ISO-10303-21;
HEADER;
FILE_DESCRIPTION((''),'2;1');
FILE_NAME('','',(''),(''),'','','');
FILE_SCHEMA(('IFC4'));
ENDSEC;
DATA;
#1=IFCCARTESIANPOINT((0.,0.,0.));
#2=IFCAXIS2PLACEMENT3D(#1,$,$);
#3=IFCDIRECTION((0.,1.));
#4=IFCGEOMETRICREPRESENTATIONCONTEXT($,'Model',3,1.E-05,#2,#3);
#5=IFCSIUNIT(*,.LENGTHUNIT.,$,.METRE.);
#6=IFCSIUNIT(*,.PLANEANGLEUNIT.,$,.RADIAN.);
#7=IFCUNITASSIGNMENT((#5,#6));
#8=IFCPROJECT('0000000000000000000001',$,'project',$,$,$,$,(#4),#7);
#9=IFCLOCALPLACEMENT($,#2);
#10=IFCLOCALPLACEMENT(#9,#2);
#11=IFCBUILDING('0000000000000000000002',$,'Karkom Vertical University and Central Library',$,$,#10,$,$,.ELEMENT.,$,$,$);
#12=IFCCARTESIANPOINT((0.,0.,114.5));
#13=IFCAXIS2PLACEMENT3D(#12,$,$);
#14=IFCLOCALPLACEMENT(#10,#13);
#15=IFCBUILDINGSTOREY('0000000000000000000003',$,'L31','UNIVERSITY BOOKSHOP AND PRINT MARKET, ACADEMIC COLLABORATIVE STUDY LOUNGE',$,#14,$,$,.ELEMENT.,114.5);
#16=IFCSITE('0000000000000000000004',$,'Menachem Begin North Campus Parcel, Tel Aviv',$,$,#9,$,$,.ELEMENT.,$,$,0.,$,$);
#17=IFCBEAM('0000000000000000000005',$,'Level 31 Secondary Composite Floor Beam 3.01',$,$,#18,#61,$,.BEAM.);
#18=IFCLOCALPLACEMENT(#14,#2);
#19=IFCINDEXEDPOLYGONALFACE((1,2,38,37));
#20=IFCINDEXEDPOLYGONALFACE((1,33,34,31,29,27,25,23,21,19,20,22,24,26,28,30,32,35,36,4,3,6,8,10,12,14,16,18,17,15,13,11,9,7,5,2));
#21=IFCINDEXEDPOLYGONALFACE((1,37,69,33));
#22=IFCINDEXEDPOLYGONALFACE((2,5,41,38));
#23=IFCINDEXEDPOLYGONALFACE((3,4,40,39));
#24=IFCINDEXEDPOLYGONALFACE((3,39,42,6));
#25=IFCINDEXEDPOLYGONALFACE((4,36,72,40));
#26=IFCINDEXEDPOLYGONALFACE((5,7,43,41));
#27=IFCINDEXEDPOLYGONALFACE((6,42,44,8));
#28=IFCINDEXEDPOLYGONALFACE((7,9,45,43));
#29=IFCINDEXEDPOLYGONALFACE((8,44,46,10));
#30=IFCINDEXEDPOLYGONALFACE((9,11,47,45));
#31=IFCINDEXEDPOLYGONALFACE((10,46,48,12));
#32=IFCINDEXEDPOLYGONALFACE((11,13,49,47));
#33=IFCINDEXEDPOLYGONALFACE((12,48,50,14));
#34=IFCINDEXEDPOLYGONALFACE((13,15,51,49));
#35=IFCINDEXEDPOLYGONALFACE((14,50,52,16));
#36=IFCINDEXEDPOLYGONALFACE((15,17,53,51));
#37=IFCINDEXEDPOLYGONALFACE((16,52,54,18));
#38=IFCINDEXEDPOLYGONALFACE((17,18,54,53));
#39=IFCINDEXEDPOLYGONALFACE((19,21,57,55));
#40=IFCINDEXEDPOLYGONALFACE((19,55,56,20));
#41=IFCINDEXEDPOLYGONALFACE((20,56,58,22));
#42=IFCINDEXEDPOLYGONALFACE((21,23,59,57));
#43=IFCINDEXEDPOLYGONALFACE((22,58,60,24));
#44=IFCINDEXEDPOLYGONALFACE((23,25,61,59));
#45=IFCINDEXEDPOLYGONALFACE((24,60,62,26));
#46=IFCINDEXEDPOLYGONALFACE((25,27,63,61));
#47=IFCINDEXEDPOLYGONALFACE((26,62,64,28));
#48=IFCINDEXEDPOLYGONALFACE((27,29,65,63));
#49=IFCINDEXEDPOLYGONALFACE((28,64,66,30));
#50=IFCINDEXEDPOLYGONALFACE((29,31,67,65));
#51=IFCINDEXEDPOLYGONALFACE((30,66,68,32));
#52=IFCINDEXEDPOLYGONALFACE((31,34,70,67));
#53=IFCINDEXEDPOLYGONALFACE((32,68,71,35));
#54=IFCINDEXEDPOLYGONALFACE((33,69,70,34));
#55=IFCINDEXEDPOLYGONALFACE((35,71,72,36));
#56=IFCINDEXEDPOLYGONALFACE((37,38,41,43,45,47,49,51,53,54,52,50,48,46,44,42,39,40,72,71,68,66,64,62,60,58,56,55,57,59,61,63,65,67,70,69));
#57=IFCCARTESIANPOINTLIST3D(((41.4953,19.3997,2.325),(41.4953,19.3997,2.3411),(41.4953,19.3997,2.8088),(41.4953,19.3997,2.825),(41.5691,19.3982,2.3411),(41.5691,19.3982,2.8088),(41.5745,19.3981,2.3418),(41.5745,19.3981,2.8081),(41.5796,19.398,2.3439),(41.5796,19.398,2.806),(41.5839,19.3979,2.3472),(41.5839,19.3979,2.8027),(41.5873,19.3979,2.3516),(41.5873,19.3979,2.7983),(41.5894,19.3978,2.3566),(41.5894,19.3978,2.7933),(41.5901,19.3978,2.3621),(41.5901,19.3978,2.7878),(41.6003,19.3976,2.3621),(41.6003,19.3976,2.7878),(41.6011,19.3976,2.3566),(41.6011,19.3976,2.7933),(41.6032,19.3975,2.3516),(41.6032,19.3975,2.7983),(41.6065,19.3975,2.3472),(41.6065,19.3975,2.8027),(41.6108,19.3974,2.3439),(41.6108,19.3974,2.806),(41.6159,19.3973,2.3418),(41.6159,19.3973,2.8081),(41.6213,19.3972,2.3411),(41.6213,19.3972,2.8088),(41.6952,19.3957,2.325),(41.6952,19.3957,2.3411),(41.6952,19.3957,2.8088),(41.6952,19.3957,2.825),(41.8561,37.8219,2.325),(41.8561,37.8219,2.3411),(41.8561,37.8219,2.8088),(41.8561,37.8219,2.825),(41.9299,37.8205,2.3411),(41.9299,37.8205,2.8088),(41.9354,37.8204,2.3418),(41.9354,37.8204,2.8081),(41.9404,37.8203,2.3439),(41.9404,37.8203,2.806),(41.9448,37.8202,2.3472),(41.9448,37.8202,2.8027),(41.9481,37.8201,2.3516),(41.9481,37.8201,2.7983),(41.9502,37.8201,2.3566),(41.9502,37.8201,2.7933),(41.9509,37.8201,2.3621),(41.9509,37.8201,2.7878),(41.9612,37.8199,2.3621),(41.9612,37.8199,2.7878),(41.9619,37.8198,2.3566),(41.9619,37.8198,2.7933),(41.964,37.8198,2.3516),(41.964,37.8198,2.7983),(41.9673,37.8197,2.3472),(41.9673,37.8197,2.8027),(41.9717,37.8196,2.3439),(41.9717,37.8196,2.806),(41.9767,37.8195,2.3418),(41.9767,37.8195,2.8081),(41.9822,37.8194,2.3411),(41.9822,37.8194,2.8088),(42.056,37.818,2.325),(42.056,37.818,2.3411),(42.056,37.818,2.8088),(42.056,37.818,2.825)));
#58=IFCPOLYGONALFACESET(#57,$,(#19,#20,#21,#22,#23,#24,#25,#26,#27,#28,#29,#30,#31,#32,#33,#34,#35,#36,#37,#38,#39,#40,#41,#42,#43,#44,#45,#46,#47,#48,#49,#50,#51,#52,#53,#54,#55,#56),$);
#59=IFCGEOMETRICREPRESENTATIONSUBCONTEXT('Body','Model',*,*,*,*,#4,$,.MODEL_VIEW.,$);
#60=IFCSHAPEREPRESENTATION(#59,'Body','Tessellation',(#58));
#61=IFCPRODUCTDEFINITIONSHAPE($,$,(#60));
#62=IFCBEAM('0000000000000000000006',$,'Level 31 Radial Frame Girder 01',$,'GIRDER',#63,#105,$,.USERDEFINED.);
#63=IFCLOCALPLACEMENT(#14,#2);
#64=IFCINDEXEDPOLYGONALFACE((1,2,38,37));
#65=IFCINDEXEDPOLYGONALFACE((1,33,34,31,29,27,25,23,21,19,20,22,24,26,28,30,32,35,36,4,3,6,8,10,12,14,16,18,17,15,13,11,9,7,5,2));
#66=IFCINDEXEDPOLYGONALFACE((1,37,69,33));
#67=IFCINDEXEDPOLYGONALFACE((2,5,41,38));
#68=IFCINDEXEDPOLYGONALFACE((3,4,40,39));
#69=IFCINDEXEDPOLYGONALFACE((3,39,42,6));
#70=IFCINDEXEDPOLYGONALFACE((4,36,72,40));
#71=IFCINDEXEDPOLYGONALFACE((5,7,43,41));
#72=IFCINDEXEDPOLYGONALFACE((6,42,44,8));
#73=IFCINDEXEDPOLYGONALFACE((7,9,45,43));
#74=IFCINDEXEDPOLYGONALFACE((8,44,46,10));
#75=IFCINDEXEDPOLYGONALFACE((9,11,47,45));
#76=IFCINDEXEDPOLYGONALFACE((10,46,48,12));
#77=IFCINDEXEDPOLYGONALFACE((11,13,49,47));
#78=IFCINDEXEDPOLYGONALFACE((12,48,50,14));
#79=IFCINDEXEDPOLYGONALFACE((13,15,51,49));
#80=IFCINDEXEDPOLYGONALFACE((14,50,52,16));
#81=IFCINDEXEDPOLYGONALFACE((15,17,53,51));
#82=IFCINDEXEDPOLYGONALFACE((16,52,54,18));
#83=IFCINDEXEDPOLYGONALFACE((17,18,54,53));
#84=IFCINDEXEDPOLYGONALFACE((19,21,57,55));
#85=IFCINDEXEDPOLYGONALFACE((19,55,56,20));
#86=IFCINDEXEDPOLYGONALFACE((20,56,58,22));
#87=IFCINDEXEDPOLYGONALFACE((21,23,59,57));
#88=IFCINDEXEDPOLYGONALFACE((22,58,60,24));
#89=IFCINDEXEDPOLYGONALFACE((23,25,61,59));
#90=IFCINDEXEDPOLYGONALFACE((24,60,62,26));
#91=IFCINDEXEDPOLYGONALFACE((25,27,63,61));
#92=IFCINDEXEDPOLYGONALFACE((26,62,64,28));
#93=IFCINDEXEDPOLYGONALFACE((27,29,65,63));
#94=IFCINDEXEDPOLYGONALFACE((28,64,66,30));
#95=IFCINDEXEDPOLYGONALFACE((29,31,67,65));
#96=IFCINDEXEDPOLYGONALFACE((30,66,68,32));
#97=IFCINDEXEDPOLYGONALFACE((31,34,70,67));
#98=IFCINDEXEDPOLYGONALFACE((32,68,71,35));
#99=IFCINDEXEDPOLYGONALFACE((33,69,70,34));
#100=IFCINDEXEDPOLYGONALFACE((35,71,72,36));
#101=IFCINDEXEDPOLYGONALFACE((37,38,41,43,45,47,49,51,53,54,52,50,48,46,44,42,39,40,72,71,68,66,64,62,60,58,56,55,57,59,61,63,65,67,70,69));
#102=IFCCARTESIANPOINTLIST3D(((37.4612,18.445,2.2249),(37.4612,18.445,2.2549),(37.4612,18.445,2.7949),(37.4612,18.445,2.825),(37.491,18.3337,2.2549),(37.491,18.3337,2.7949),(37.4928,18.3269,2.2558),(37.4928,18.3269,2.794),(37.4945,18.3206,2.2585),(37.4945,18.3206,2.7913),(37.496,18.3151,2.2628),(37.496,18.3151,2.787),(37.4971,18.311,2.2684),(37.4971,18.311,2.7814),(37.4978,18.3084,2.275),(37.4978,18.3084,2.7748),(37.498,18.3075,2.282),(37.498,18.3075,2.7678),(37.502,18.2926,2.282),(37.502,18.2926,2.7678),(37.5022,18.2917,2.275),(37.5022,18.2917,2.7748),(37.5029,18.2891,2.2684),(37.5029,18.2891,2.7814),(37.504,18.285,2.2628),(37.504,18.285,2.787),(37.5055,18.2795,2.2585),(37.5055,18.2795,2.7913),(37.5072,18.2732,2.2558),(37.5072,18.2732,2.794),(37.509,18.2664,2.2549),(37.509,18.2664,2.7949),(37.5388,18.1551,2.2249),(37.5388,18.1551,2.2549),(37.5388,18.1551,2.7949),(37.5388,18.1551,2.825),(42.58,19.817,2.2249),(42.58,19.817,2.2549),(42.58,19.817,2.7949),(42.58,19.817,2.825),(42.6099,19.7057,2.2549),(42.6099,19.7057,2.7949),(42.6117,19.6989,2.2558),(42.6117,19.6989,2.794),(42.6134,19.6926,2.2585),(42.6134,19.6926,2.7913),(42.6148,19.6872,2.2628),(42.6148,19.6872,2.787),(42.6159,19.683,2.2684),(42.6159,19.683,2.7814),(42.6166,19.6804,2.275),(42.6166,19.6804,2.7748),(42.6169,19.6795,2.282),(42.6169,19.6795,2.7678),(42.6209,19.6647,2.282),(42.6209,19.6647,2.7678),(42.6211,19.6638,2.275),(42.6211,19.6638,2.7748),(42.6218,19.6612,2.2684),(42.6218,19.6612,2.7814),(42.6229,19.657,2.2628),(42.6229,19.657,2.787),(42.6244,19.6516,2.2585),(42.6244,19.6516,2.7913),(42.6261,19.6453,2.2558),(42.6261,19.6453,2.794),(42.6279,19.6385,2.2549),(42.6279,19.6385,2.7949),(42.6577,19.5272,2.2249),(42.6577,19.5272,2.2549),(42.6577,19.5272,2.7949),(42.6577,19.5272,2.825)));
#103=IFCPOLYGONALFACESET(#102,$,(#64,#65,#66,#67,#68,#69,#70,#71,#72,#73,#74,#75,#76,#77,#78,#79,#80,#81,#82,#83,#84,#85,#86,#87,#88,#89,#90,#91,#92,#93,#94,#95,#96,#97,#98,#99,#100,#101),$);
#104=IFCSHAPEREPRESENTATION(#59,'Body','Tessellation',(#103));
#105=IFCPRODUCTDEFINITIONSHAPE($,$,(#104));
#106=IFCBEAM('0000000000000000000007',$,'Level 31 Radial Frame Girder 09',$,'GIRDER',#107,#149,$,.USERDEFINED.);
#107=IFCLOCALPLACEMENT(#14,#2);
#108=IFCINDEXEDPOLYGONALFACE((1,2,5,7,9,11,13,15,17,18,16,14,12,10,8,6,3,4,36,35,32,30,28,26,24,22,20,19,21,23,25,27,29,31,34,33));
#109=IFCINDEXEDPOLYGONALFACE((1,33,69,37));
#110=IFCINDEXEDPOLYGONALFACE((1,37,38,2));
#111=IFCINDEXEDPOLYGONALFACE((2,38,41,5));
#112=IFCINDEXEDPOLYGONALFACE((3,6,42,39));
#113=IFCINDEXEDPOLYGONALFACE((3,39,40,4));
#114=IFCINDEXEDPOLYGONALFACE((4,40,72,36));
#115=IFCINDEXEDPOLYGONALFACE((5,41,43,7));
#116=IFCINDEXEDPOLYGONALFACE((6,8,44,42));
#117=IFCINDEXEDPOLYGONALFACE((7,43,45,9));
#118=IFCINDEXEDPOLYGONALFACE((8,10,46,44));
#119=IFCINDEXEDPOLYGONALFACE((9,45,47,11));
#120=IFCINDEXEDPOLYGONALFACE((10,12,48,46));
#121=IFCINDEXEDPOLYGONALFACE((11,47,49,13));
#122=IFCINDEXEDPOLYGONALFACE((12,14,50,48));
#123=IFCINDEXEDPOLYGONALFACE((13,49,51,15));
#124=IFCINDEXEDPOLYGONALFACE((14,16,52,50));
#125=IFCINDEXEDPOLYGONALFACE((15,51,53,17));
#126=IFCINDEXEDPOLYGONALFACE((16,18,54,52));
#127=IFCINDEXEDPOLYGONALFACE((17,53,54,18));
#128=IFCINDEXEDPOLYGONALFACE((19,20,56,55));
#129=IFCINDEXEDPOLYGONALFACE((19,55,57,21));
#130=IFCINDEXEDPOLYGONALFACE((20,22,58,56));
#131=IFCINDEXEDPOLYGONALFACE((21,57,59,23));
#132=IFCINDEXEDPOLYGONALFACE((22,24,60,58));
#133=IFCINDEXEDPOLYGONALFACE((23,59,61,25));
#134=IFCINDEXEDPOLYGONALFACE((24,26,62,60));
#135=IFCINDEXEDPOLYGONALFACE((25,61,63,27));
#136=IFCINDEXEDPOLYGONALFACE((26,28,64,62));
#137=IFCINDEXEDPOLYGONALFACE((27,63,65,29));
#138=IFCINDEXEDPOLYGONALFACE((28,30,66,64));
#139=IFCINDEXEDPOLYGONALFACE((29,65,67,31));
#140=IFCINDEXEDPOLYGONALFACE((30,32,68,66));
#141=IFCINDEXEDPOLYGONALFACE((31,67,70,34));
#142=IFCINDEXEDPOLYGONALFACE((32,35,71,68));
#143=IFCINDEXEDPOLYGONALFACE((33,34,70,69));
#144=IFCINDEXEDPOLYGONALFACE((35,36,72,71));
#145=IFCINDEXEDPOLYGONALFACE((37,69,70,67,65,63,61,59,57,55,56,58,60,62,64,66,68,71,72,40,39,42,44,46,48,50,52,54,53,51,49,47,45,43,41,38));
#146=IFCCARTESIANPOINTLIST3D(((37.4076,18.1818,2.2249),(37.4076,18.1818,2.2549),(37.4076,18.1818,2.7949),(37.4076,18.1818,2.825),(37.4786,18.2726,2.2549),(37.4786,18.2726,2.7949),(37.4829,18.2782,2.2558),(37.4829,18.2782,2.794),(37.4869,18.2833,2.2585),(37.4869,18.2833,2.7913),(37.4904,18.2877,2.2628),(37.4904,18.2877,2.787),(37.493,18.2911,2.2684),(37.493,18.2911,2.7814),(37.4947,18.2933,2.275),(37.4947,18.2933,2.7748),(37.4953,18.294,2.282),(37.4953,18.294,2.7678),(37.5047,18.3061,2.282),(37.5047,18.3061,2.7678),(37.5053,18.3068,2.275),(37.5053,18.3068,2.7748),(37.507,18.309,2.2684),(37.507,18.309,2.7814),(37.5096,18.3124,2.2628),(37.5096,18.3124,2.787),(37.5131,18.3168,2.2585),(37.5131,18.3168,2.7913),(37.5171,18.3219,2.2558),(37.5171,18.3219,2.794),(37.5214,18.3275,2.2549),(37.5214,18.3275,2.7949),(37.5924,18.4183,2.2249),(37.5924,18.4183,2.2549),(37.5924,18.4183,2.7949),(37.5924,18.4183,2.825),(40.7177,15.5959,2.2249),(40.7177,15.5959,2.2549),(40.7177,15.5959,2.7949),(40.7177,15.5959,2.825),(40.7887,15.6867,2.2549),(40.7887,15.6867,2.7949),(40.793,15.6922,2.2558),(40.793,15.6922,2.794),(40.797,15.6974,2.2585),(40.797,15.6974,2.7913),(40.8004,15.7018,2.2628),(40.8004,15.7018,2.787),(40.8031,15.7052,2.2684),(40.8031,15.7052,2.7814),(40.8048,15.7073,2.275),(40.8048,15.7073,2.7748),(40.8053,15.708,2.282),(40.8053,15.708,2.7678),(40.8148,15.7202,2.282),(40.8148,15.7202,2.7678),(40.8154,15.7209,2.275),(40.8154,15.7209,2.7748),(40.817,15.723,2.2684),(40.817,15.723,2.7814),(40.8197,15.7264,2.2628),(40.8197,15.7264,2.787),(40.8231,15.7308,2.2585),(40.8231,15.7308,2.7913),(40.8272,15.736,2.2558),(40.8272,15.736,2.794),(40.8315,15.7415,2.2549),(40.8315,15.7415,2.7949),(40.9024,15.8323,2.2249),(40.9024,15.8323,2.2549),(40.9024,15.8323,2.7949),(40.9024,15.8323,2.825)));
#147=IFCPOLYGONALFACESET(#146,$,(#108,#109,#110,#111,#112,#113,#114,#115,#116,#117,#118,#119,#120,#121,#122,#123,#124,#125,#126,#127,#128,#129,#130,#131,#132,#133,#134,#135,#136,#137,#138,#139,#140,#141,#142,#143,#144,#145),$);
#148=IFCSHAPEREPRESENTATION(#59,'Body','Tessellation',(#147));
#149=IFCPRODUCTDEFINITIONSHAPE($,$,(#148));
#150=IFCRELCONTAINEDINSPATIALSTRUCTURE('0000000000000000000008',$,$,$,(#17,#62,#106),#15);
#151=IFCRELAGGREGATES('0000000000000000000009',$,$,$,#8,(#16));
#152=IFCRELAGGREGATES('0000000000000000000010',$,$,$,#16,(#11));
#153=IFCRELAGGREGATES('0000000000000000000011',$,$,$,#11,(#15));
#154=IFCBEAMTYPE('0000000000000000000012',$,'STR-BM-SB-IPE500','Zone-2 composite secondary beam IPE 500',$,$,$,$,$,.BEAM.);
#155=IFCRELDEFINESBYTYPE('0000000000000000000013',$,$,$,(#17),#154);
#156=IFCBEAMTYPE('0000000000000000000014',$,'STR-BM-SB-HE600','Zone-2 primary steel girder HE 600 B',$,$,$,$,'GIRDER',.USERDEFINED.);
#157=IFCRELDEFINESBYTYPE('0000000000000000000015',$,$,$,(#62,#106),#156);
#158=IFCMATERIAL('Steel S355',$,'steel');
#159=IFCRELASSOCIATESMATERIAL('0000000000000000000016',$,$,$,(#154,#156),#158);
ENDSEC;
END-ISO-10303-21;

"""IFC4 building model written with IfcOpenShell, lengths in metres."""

from ifc_helpers import new_model, si_unit, direction, frame, origin, origin_with_axes, origin_2d, place, context, subcontext, project, spatial, i_section, extrude, source, transform, mapped, material, material_profile, profile_set, type_object, element, save


model = new_model("IFC4")

# Units and contexts
model_context = context("Model", 3, precision=1e-05, world=origin(), true_north=direction((0.0, 1.0)))
body_context = subcontext(model_context, "Body", "Model", "MODEL_VIEW")
ifc_project = project(units=[si_unit("LENGTHUNIT", "METRE"), si_unit("PLANEANGLEUNIT", "RADIAN")], contexts=[model_context])

# Site, building, storey
site_placement = place(None, origin())
site = spatial("IfcSite", under=ifc_project, at=site_placement, Name="Menachem Begin North Campus Parcel, Tel Aviv", CompositionType="ELEMENT", RefElevation=0.0)
building_placement = place(site_placement, origin())
building = spatial("IfcBuilding", under=site, at=building_placement, Name="Karkom Vertical University and Central Library", CompositionType="ELEMENT")
storey_placement = place(building_placement, frame((0.0, 0.0, 114.5)))
storey = spatial("IfcBuildingStorey", under=building, at=storey_placement, Name="L31", Description="UNIVERSITY BOOKSHOP AND PRINT MARKET, ACADEMIC COLLABORATIVE STUDY LOUNGE", CompositionType="ELEMENT", Elevation=114.5)

# Beams
ifc_material_1 = material(Name="Steel S355", Category="steel")
ifc_material_profile_1 = material_profile(ifc_material_1, i_section(OverallWidth=0.2, OverallDepth=0.5, WebThickness=0.0103, FlangeThickness=0.0161, FilletRadius=0.021, at=origin_2d()), Name="IPE 500")
ifc_profile_set_1 = profile_set([ifc_material_profile_1], Name="Steel S355")
beam_type_1 = type_object("IfcBeamType", Name="STR-BM-SB-IPE500", Description="Zone-2 composite secondary beam IPE 500", PredefinedType="BEAM", material=ifc_profile_set_1)
shared_shape_1 = source(origin_with_axes(), body_context, "Body", "SweptSolid", [
    extrude(i_section(OverallWidth=0.2, OverallDepth=0.5, WebThickness=0.0103, FlangeThickness=0.0161, FilletRadius=0.021, at=origin_2d()), origin(), (0.0, 0.0, 1.0), 18.4258),
])
beam_1_placement = place(storey_placement, frame((41.5952, 19.3977, 2.575), z_axis=(0.019583, 0.999808, 0.0), x_axis=(-0.999808, 0.019583, 0.0)))
element("IfcBeam", 1, at=beam_1_placement, inside=storey, type_object=beam_type_1, Name="Level 31 Secondary Composite Floor Beam 3.01", PredefinedType="BEAM", context=body_context, shape_type="MappedRepresentation", body=[
    mapped(shared_shape_1, transform((0.0, 0.0, 0.0), scale=1.0)),
])
ifc_material_profile_2 = material_profile(ifc_material_1, i_section(OverallWidth=0.3, OverallDepth=0.6001, WebThickness=0.0154, FlangeThickness=0.03, FilletRadius=0.0271, at=origin_2d()), Name="HE 600 B")
ifc_profile_set_2 = profile_set([ifc_material_profile_2], Name="Steel S355")
beam_type_2 = type_object("IfcBeamType", Name="STR-BM-SB-HE600", Description="Zone-2 primary steel girder HE 600 B", ElementType="GIRDER", PredefinedType="USERDEFINED", material=ifc_profile_set_2)
shared_shape_2 = source(origin_with_axes(), body_context, "Body", "SweptSolid", [
    extrude(i_section(OverallWidth=0.3, OverallDepth=0.6001, WebThickness=0.0154, FlangeThickness=0.03, FilletRadius=0.0271, at=origin_2d()), origin(), (0.0, 0.0, 1.0), 5.2996),
])
beam_2_placement = place(storey_placement, frame((37.5, 18.3, 2.5249), z_axis=(0.965904, 0.258901, 0.0), x_axis=(-0.258901, 0.965904, 0.0)))
element("IfcBeam", 2, at=beam_2_placement, inside=storey, type_object=beam_type_2, Name="Level 31 Radial Frame Girder 01", ObjectType="GIRDER", PredefinedType="USERDEFINED", context=body_context, shape_type="MappedRepresentation", body=[
    mapped(shared_shape_2, transform((0.0, 0.0, 0.0), scale=1.0)),
])
shared_shape_3 = source(origin_with_axes(), body_context, "Body", "SweptSolid", [
    extrude(i_section(OverallWidth=0.3, OverallDepth=0.6001, WebThickness=0.0154, FlangeThickness=0.03, FilletRadius=0.0271, at=origin_2d()), origin(), (0.0, 0.0, 1.0), 4.2004),
])
beam_3_placement = place(storey_placement, frame((37.5, 18.3, 2.5249), z_axis=(0.78803, -0.615637, 0.0), x_axis=(0.615637, 0.78803, 0.0)))
element("IfcBeam", 3, at=beam_3_placement, inside=storey, type_object=beam_type_2, Name="Level 31 Radial Frame Girder 09", ObjectType="GIRDER", PredefinedType="USERDEFINED", context=body_context, shape_type="MappedRepresentation", body=[
    mapped(shared_shape_3, transform((0.0, 0.0, 0.0), scale=1.0)),
])

save(model, "model.ifc")
